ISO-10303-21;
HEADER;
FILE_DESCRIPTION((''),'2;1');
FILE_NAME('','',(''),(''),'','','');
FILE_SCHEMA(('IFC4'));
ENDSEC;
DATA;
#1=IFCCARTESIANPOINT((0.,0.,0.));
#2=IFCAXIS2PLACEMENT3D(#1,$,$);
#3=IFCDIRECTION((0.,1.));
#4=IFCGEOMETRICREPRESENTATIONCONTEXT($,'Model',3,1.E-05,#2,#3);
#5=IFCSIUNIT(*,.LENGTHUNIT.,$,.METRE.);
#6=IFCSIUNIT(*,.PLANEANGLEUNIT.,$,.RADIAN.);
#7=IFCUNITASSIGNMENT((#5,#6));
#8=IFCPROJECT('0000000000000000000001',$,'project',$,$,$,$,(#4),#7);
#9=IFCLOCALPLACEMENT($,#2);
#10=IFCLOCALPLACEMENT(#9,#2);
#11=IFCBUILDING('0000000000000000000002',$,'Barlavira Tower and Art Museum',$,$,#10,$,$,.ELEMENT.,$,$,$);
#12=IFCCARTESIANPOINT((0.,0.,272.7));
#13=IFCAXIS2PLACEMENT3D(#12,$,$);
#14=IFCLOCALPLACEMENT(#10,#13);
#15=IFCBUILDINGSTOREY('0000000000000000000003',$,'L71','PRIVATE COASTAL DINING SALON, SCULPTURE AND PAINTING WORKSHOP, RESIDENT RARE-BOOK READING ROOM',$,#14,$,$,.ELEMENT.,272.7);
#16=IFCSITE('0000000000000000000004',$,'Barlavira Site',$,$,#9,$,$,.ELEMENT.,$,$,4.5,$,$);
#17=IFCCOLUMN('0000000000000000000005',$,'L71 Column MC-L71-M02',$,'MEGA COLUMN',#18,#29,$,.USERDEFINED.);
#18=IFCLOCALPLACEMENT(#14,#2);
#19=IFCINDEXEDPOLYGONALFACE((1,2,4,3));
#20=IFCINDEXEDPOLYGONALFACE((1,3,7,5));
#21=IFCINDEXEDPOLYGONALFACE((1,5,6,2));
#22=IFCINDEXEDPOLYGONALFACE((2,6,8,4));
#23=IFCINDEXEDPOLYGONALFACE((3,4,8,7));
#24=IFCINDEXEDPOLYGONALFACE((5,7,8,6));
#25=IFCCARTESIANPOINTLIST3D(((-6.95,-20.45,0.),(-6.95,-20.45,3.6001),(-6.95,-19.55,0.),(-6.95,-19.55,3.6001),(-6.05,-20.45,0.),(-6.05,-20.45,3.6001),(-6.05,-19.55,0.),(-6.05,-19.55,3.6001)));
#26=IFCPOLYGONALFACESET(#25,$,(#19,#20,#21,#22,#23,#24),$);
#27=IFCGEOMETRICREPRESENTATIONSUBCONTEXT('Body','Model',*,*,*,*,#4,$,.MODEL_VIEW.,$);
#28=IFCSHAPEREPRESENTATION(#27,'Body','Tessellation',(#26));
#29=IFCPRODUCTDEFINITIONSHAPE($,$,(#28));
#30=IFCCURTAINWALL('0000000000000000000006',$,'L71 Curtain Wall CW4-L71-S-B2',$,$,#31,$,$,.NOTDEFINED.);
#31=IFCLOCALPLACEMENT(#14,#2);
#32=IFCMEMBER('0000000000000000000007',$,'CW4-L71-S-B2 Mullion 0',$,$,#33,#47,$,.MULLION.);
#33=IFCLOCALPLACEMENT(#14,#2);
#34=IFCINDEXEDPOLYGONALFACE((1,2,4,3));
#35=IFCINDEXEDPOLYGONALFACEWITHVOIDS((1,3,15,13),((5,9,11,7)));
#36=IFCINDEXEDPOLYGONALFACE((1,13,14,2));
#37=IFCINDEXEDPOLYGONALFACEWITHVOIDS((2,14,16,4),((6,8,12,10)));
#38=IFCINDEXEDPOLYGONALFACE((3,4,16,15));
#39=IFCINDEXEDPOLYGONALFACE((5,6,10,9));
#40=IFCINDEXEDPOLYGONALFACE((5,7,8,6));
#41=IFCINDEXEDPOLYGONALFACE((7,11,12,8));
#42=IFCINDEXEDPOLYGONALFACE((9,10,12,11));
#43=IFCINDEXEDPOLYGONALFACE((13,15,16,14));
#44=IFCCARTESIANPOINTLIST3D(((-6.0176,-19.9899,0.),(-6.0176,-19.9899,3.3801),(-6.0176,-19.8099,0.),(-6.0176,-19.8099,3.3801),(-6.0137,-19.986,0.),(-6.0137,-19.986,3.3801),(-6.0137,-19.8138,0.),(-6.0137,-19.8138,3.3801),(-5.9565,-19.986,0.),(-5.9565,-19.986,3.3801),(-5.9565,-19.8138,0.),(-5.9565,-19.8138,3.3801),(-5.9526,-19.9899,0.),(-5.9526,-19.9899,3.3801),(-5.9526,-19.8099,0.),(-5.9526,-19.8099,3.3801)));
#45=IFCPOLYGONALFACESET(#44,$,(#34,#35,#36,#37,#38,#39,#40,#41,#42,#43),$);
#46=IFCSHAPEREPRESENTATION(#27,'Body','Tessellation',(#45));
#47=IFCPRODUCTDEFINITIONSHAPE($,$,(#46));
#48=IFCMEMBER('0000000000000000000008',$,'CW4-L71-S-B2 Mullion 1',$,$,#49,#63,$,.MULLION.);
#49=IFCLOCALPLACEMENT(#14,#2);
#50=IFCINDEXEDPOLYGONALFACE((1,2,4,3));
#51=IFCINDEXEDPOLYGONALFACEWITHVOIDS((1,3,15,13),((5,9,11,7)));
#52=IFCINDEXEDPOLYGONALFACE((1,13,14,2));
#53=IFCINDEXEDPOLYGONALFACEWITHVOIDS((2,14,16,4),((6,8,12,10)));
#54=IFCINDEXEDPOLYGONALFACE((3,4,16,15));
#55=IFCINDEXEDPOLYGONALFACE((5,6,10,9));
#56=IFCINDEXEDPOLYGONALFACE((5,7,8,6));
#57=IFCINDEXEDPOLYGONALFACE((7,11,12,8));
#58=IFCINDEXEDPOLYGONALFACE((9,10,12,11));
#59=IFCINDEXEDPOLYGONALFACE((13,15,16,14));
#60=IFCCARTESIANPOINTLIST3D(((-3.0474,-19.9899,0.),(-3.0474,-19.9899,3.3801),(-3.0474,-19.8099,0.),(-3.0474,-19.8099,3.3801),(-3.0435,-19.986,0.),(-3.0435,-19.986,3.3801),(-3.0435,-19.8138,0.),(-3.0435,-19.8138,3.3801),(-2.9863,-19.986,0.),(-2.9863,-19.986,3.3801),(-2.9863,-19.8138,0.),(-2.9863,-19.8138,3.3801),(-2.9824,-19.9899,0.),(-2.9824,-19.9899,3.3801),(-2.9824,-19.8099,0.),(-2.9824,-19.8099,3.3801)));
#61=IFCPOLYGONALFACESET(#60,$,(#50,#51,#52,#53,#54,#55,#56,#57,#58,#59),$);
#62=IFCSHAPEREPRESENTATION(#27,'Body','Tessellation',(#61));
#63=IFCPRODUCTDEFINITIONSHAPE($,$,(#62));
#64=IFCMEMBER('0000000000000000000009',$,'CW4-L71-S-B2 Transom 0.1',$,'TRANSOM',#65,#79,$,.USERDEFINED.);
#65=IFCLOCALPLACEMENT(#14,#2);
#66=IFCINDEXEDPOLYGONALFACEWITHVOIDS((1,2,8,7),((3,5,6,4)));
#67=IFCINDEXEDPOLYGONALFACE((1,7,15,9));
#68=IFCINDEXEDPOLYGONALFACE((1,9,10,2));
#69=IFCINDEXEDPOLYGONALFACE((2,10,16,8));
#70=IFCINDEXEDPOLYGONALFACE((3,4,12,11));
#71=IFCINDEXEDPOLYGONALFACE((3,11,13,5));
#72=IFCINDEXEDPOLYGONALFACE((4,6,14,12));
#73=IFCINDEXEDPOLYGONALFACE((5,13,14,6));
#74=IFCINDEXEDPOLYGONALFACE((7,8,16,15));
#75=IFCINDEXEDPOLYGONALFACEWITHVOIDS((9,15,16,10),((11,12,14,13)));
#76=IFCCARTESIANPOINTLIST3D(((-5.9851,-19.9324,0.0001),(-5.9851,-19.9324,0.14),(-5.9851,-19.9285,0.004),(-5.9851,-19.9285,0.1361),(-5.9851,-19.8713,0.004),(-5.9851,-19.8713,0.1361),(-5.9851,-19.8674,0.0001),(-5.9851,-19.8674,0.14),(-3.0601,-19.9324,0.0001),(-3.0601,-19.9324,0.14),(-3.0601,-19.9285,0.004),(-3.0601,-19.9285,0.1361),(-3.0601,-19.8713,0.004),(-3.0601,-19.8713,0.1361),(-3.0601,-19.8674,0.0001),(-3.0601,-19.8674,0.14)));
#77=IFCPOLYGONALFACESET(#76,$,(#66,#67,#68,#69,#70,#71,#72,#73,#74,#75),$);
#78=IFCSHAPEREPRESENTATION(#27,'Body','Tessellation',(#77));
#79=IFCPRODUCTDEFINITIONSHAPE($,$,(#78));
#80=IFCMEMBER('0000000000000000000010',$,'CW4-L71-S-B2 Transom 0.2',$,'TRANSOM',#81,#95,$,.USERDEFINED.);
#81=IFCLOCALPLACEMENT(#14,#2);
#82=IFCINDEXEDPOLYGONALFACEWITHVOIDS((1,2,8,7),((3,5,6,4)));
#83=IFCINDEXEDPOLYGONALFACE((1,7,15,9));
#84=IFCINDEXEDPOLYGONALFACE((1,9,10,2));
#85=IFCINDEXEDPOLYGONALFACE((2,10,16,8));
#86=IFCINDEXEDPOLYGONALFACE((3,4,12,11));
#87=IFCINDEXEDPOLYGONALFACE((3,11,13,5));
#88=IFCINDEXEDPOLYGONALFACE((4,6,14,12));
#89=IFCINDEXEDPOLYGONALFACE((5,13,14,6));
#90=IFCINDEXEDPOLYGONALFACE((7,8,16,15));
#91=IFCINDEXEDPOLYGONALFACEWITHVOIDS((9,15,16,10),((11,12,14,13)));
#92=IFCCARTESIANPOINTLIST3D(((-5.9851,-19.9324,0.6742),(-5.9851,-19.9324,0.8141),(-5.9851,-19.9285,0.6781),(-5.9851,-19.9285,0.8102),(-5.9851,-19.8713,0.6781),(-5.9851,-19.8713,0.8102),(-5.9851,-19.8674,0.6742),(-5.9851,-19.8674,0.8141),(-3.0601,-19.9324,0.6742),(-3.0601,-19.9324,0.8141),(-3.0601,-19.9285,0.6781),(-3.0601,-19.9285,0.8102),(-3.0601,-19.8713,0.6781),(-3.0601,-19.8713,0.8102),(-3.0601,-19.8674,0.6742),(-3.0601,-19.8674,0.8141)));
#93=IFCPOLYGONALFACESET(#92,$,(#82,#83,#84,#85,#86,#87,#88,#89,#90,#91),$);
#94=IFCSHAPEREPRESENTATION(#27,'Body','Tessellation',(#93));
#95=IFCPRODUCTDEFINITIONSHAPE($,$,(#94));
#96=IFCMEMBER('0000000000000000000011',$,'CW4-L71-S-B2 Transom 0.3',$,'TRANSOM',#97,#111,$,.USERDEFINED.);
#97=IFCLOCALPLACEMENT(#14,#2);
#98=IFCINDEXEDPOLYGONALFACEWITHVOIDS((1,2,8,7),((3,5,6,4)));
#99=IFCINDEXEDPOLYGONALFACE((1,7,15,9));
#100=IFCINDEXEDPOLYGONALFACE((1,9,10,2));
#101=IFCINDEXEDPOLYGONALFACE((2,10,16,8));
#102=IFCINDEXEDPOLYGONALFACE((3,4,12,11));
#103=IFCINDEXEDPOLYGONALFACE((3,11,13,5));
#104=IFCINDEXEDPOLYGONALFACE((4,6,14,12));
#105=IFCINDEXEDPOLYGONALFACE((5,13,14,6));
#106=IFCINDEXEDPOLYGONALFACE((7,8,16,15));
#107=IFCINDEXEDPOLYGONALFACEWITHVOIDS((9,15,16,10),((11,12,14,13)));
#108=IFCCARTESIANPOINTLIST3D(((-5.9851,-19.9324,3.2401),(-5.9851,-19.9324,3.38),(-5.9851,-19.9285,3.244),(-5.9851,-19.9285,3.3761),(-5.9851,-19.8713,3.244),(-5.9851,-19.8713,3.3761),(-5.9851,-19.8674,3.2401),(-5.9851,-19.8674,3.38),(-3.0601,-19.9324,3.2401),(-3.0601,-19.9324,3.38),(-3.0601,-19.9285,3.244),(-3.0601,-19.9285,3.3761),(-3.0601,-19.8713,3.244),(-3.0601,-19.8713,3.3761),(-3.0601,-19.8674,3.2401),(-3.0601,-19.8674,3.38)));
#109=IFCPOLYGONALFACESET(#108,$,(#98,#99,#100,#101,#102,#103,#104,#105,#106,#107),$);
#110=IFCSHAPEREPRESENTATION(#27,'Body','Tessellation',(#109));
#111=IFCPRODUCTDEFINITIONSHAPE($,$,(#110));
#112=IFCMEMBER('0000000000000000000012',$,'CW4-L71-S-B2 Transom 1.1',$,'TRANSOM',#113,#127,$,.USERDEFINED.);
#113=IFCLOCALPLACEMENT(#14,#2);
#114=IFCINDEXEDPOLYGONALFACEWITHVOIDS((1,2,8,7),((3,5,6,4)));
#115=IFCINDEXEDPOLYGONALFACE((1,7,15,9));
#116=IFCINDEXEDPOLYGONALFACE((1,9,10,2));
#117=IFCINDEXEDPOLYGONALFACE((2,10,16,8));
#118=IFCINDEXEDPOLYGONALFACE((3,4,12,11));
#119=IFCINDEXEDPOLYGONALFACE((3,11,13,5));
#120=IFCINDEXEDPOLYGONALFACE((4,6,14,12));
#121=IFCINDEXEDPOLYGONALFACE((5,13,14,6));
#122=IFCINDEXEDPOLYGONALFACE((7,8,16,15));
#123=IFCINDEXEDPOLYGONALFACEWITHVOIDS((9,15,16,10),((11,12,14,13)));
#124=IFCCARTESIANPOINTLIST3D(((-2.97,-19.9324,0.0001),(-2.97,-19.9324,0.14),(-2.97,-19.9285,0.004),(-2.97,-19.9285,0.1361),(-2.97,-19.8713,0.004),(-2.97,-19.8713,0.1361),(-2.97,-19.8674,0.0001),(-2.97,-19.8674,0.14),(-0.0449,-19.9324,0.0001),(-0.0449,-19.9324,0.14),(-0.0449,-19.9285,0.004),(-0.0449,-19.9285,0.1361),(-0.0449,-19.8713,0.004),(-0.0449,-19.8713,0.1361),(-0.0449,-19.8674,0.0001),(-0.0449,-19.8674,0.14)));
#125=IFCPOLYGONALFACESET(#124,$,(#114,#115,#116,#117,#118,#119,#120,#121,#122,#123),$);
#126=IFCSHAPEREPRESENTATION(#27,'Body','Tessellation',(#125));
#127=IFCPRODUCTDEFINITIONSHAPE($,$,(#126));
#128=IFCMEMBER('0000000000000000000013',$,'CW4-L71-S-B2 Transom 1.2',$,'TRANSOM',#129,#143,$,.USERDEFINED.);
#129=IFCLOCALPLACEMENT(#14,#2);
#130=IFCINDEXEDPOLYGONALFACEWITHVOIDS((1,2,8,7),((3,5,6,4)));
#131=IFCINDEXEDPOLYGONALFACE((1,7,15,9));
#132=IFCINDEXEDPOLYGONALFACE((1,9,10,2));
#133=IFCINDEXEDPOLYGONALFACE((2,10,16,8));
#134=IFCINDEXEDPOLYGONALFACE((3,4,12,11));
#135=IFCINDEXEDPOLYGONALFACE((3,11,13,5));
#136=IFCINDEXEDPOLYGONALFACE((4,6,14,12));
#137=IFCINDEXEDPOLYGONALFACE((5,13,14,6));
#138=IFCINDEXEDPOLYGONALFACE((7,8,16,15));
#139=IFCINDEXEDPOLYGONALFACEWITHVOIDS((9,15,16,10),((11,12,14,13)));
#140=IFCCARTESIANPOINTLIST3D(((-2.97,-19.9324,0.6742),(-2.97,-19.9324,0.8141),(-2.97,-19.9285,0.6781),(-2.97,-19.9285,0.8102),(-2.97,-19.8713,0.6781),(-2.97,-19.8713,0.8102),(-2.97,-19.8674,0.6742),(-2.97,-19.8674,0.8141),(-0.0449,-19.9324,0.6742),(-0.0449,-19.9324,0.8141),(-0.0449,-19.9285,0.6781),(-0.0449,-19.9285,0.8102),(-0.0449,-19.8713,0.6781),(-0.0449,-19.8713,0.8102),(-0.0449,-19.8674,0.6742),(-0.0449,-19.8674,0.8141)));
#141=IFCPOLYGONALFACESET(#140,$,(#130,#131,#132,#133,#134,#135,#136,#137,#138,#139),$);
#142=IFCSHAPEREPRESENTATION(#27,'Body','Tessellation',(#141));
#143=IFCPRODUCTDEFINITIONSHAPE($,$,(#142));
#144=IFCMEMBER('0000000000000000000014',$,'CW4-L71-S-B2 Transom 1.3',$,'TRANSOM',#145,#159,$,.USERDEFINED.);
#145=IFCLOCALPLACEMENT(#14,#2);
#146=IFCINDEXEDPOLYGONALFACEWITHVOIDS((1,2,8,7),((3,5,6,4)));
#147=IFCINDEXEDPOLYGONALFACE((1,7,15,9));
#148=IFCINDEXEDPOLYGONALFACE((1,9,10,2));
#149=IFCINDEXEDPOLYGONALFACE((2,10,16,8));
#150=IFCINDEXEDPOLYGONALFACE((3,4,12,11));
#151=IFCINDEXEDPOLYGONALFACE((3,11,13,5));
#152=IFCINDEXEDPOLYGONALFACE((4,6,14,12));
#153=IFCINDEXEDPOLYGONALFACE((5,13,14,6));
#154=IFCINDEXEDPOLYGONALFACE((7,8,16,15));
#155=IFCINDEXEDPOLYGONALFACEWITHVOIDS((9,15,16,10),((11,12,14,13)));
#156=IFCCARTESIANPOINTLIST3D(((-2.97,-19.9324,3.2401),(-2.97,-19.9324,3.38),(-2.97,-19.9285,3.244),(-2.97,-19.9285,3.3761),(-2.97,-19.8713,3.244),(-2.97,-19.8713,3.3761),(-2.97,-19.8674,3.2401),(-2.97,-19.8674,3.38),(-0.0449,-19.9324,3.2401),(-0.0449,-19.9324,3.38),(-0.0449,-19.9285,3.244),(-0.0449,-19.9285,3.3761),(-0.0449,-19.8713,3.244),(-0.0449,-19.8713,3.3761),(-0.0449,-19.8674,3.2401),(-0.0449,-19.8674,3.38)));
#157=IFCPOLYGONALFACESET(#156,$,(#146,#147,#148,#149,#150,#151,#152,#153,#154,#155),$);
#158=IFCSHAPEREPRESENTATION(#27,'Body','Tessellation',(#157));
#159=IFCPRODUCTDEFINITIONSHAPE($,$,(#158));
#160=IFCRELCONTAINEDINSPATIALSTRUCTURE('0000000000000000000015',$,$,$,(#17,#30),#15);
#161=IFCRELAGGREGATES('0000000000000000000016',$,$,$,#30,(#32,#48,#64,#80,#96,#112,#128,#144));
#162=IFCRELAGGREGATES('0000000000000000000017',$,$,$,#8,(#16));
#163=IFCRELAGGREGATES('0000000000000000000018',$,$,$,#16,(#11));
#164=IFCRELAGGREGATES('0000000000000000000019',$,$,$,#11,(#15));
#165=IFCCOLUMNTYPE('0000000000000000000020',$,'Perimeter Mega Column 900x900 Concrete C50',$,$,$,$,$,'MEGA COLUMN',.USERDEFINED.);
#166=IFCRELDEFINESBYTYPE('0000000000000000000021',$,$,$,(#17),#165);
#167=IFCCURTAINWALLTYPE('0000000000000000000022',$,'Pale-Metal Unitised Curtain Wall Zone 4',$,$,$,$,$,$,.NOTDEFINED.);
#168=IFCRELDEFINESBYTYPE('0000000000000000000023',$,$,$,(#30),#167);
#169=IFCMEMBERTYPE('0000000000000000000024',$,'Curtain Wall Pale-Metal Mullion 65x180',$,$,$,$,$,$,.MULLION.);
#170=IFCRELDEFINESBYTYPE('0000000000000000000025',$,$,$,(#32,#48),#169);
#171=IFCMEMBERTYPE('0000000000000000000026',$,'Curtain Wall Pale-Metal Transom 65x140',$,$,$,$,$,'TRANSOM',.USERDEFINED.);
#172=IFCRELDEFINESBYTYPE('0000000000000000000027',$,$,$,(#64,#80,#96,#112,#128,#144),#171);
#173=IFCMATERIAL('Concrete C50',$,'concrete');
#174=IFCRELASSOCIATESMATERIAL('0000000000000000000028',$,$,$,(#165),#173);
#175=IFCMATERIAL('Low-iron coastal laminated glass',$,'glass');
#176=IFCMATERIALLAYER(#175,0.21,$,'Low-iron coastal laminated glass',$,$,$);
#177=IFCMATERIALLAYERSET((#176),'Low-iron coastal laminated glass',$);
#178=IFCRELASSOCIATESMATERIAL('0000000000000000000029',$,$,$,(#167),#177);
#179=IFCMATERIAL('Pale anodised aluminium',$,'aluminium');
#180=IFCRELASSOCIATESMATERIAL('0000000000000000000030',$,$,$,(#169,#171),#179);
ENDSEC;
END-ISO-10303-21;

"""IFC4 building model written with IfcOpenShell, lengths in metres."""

from ifc_helpers import new_model, si_unit, direction, frame, origin, origin_2d, place, context, subcontext, project, spatial, rectangle, hollow_rectangle, extrude, material, layer, layer_set, material_profile, profile_set, type_object, element, aggregate, save


model = new_model("IFC4")

# Units and contexts
model_context = context("Model", 3, precision=1e-05, world=origin(), true_north=direction((0.0, 1.0)))
body_context = subcontext(model_context, "Body", "Model", "MODEL_VIEW")
ifc_project = project(units=[si_unit("LENGTHUNIT", "METRE"), si_unit("PLANEANGLEUNIT", "RADIAN")], contexts=[model_context])

# Site, building, storey
site_placement = place(None, origin())
site = spatial("IfcSite", under=ifc_project, at=site_placement, Name="Barlavira Site", CompositionType="ELEMENT", RefElevation=4.5)
building_placement = place(site_placement, origin())
building = spatial("IfcBuilding", under=site, at=building_placement, Name="Barlavira Tower and Art Museum", CompositionType="ELEMENT")
storey_placement = place(building_placement, frame((0.0, 0.0, 272.7)))
storey = spatial("IfcBuildingStorey", under=building, at=storey_placement, Name="L71", Description="PRIVATE COASTAL DINING SALON, SCULPTURE AND PAINTING WORKSHOP, RESIDENT RARE-BOOK READING ROOM", CompositionType="ELEMENT", Elevation=272.7)

# Column
ifc_material_1 = material(Name="Concrete C50", Category="concrete")
ifc_material_profile_1 = material_profile(ifc_material_1, rectangle(XDim=0.8999, YDim=0.8999, at=origin_2d()), Name="RC-COL 900x900")
ifc_profile_set_1 = profile_set([ifc_material_profile_1], Name="Concrete C50")
column_type = type_object("IfcColumnType", Name="Perimeter Mega Column 900x900 Concrete C50", ElementType="MEGA COLUMN", PredefinedType="USERDEFINED", material=ifc_profile_set_1)
column_placement = place(storey_placement, frame((-6.5, -20.0, 0.0), z_axis=(0.0, 0.0, 1.0), x_axis=(1.0, 0.0, 0.0)))
element("IfcColumn", 1, at=column_placement, inside=storey, type_object=column_type, Name="L71 Column MC-L71-M02", ObjectType="MEGA COLUMN", PredefinedType="USERDEFINED", context=body_context, shape_type="SweptSolid", body=[
    extrude(rectangle(XDim=0.8999, YDim=0.8999, at=origin_2d()), origin(), (0.0, 0.0, 1.0), 3.6001),
])

# Curtain wall, members
ifc_material_2 = material(Name="Low-iron coastal laminated glass", Category="glass")
ifc_layer_1 = layer(ifc_material_2, 0.21, Name="Low-iron coastal laminated glass")
ifc_layer_set_1 = layer_set([ifc_layer_1], Name="Low-iron coastal laminated glass")
curtain_wall_type = type_object("IfcCurtainWallType", Name="Pale-Metal Unitised Curtain Wall Zone 4", PredefinedType="NOTDEFINED", material=ifc_layer_set_1)
curtain_wall_placement = place(storey_placement, origin())
curtain_wall = element("IfcCurtainWall", 2, at=curtain_wall_placement, inside=storey, type_object=curtain_wall_type, Name="L71 Curtain Wall CW4-L71-S-B2", PredefinedType="NOTDEFINED")
ifc_material_3 = material(Name="Pale anodised aluminium", Category="aluminium")
ifc_material_profile_2 = material_profile(ifc_material_3, hollow_rectangle(XDim=0.0649, YDim=0.1799, WallThickness=0.0039, at=origin_2d()), Name="ALU-MULL 65x180x4")
ifc_profile_set_2 = profile_set([ifc_material_profile_2], Name="Pale anodised aluminium")
member_type_1 = type_object("IfcMemberType", Name="Curtain Wall Pale-Metal Mullion 65x180", PredefinedType="MULLION", material=ifc_profile_set_2)
member_1_placement = place(storey_placement, frame((-5.9851, -19.8999, 0.0), z_axis=(0.0, 0.0, 1.0), x_axis=(1.0, 0.0, 0.0)))
member_1 = element("IfcMember", 3, at=member_1_placement, type_object=member_type_1, Name="CW4-L71-S-B2 Mullion 0", PredefinedType="MULLION", context=body_context, shape_type="SweptSolid", body=[
    extrude(hollow_rectangle(XDim=0.0649, YDim=0.1799, WallThickness=0.0039, at=origin_2d()), origin(), (0.0, 0.0, 1.0), 3.3801),
])
member_2_placement = place(storey_placement, frame((-3.0149, -19.8999, 0.0), z_axis=(0.0, 0.0, 1.0), x_axis=(1.0, 0.0, 0.0)))
member_2 = element("IfcMember", 4, at=member_2_placement, type_object=member_type_1, Name="CW4-L71-S-B2 Mullion 1", PredefinedType="MULLION", context=body_context, shape_type="SweptSolid", body=[
    extrude(hollow_rectangle(XDim=0.0649, YDim=0.1799, WallThickness=0.0039, at=origin_2d()), origin(), (0.0, 0.0, 1.0), 3.3801),
])
ifc_material_profile_3 = material_profile(ifc_material_3, hollow_rectangle(XDim=0.0649, YDim=0.1399, WallThickness=0.0039, at=origin_2d()), Name="ALU-TRAN 65x140x4")
ifc_profile_set_3 = profile_set([ifc_material_profile_3], Name="Pale anodised aluminium")
member_type_2 = type_object("IfcMemberType", Name="Curtain Wall Pale-Metal Transom 65x140", ElementType="TRANSOM", PredefinedType="USERDEFINED", material=ifc_profile_set_3)
member_3_placement = place(storey_placement, frame((-5.9851, -19.8999, 0.0701), z_axis=(1.0, 0.0, 0.0), x_axis=(0.0, 1.0, 0.0)))
member_3 = element("IfcMember", 5, at=member_3_placement, type_object=member_type_2, Name="CW4-L71-S-B2 Transom 0.1", ObjectType="TRANSOM", PredefinedType="USERDEFINED", context=body_context, shape_type="SweptSolid", body=[
    extrude(hollow_rectangle(XDim=0.0649, YDim=0.1399, WallThickness=0.0039, at=origin_2d()), origin(), (0.0, 0.0, 1.0), 2.925),
])
member_4_placement = place(storey_placement, frame((-5.9851, -19.8999, 0.7441), z_axis=(1.0, 0.0, 0.0), x_axis=(0.0, 1.0, 0.0)))
member_4 = element("IfcMember", 6, at=member_4_placement, type_object=member_type_2, Name="CW4-L71-S-B2 Transom 0.2", ObjectType="TRANSOM", PredefinedType="USERDEFINED", context=body_context, shape_type="SweptSolid", body=[
    extrude(hollow_rectangle(XDim=0.0649, YDim=0.1399, WallThickness=0.0039, at=origin_2d()), origin(), (0.0, 0.0, 1.0), 2.925),
])
member_5_placement = place(storey_placement, frame((-5.9851, -19.8999, 3.3101), z_axis=(1.0, 0.0, 0.0), x_axis=(0.0, 1.0, 0.0)))
member_5 = element("IfcMember", 7, at=member_5_placement, type_object=member_type_2, Name="CW4-L71-S-B2 Transom 0.3", ObjectType="TRANSOM", PredefinedType="USERDEFINED", context=body_context, shape_type="SweptSolid", body=[
    extrude(hollow_rectangle(XDim=0.0649, YDim=0.1399, WallThickness=0.0039, at=origin_2d()), origin(), (0.0, 0.0, 1.0), 2.925),
])
member_6_placement = place(storey_placement, frame((-2.97, -19.8999, 0.0701), z_axis=(1.0, 0.0, 0.0), x_axis=(0.0, 1.0, 0.0)))
member_6 = element("IfcMember", 8, at=member_6_placement, type_object=member_type_2, Name="CW4-L71-S-B2 Transom 1.1", ObjectType="TRANSOM", PredefinedType="USERDEFINED", context=body_context, shape_type="SweptSolid", body=[
    extrude(hollow_rectangle(XDim=0.0649, YDim=0.1399, WallThickness=0.0039, at=origin_2d()), origin(), (0.0, 0.0, 1.0), 2.925),
])
member_7_placement = place(storey_placement, frame((-2.97, -19.8999, 0.7441), z_axis=(1.0, 0.0, 0.0), x_axis=(0.0, 1.0, 0.0)))
member_7 = element("IfcMember", 9, at=member_7_placement, type_object=member_type_2, Name="CW4-L71-S-B2 Transom 1.2", ObjectType="TRANSOM", PredefinedType="USERDEFINED", context=body_context, shape_type="SweptSolid", body=[
    extrude(hollow_rectangle(XDim=0.0649, YDim=0.1399, WallThickness=0.0039, at=origin_2d()), origin(), (0.0, 0.0, 1.0), 2.925),
])
member_8_placement = place(storey_placement, frame((-2.97, -19.8999, 3.3101), z_axis=(1.0, 0.0, 0.0), x_axis=(0.0, 1.0, 0.0)))
member_8 = element("IfcMember", 10, at=member_8_placement, type_object=member_type_2, Name="CW4-L71-S-B2 Transom 1.3", ObjectType="TRANSOM", PredefinedType="USERDEFINED", context=body_context, shape_type="SweptSolid", body=[
    extrude(hollow_rectangle(XDim=0.0649, YDim=0.1399, WallThickness=0.0039, at=origin_2d()), origin(), (0.0, 0.0, 1.0), 2.925),
])

aggregate(curtain_wall, [member_1, member_2, member_3, member_4, member_5, member_6, member_7, member_8])

save(model, "model.ifc")
